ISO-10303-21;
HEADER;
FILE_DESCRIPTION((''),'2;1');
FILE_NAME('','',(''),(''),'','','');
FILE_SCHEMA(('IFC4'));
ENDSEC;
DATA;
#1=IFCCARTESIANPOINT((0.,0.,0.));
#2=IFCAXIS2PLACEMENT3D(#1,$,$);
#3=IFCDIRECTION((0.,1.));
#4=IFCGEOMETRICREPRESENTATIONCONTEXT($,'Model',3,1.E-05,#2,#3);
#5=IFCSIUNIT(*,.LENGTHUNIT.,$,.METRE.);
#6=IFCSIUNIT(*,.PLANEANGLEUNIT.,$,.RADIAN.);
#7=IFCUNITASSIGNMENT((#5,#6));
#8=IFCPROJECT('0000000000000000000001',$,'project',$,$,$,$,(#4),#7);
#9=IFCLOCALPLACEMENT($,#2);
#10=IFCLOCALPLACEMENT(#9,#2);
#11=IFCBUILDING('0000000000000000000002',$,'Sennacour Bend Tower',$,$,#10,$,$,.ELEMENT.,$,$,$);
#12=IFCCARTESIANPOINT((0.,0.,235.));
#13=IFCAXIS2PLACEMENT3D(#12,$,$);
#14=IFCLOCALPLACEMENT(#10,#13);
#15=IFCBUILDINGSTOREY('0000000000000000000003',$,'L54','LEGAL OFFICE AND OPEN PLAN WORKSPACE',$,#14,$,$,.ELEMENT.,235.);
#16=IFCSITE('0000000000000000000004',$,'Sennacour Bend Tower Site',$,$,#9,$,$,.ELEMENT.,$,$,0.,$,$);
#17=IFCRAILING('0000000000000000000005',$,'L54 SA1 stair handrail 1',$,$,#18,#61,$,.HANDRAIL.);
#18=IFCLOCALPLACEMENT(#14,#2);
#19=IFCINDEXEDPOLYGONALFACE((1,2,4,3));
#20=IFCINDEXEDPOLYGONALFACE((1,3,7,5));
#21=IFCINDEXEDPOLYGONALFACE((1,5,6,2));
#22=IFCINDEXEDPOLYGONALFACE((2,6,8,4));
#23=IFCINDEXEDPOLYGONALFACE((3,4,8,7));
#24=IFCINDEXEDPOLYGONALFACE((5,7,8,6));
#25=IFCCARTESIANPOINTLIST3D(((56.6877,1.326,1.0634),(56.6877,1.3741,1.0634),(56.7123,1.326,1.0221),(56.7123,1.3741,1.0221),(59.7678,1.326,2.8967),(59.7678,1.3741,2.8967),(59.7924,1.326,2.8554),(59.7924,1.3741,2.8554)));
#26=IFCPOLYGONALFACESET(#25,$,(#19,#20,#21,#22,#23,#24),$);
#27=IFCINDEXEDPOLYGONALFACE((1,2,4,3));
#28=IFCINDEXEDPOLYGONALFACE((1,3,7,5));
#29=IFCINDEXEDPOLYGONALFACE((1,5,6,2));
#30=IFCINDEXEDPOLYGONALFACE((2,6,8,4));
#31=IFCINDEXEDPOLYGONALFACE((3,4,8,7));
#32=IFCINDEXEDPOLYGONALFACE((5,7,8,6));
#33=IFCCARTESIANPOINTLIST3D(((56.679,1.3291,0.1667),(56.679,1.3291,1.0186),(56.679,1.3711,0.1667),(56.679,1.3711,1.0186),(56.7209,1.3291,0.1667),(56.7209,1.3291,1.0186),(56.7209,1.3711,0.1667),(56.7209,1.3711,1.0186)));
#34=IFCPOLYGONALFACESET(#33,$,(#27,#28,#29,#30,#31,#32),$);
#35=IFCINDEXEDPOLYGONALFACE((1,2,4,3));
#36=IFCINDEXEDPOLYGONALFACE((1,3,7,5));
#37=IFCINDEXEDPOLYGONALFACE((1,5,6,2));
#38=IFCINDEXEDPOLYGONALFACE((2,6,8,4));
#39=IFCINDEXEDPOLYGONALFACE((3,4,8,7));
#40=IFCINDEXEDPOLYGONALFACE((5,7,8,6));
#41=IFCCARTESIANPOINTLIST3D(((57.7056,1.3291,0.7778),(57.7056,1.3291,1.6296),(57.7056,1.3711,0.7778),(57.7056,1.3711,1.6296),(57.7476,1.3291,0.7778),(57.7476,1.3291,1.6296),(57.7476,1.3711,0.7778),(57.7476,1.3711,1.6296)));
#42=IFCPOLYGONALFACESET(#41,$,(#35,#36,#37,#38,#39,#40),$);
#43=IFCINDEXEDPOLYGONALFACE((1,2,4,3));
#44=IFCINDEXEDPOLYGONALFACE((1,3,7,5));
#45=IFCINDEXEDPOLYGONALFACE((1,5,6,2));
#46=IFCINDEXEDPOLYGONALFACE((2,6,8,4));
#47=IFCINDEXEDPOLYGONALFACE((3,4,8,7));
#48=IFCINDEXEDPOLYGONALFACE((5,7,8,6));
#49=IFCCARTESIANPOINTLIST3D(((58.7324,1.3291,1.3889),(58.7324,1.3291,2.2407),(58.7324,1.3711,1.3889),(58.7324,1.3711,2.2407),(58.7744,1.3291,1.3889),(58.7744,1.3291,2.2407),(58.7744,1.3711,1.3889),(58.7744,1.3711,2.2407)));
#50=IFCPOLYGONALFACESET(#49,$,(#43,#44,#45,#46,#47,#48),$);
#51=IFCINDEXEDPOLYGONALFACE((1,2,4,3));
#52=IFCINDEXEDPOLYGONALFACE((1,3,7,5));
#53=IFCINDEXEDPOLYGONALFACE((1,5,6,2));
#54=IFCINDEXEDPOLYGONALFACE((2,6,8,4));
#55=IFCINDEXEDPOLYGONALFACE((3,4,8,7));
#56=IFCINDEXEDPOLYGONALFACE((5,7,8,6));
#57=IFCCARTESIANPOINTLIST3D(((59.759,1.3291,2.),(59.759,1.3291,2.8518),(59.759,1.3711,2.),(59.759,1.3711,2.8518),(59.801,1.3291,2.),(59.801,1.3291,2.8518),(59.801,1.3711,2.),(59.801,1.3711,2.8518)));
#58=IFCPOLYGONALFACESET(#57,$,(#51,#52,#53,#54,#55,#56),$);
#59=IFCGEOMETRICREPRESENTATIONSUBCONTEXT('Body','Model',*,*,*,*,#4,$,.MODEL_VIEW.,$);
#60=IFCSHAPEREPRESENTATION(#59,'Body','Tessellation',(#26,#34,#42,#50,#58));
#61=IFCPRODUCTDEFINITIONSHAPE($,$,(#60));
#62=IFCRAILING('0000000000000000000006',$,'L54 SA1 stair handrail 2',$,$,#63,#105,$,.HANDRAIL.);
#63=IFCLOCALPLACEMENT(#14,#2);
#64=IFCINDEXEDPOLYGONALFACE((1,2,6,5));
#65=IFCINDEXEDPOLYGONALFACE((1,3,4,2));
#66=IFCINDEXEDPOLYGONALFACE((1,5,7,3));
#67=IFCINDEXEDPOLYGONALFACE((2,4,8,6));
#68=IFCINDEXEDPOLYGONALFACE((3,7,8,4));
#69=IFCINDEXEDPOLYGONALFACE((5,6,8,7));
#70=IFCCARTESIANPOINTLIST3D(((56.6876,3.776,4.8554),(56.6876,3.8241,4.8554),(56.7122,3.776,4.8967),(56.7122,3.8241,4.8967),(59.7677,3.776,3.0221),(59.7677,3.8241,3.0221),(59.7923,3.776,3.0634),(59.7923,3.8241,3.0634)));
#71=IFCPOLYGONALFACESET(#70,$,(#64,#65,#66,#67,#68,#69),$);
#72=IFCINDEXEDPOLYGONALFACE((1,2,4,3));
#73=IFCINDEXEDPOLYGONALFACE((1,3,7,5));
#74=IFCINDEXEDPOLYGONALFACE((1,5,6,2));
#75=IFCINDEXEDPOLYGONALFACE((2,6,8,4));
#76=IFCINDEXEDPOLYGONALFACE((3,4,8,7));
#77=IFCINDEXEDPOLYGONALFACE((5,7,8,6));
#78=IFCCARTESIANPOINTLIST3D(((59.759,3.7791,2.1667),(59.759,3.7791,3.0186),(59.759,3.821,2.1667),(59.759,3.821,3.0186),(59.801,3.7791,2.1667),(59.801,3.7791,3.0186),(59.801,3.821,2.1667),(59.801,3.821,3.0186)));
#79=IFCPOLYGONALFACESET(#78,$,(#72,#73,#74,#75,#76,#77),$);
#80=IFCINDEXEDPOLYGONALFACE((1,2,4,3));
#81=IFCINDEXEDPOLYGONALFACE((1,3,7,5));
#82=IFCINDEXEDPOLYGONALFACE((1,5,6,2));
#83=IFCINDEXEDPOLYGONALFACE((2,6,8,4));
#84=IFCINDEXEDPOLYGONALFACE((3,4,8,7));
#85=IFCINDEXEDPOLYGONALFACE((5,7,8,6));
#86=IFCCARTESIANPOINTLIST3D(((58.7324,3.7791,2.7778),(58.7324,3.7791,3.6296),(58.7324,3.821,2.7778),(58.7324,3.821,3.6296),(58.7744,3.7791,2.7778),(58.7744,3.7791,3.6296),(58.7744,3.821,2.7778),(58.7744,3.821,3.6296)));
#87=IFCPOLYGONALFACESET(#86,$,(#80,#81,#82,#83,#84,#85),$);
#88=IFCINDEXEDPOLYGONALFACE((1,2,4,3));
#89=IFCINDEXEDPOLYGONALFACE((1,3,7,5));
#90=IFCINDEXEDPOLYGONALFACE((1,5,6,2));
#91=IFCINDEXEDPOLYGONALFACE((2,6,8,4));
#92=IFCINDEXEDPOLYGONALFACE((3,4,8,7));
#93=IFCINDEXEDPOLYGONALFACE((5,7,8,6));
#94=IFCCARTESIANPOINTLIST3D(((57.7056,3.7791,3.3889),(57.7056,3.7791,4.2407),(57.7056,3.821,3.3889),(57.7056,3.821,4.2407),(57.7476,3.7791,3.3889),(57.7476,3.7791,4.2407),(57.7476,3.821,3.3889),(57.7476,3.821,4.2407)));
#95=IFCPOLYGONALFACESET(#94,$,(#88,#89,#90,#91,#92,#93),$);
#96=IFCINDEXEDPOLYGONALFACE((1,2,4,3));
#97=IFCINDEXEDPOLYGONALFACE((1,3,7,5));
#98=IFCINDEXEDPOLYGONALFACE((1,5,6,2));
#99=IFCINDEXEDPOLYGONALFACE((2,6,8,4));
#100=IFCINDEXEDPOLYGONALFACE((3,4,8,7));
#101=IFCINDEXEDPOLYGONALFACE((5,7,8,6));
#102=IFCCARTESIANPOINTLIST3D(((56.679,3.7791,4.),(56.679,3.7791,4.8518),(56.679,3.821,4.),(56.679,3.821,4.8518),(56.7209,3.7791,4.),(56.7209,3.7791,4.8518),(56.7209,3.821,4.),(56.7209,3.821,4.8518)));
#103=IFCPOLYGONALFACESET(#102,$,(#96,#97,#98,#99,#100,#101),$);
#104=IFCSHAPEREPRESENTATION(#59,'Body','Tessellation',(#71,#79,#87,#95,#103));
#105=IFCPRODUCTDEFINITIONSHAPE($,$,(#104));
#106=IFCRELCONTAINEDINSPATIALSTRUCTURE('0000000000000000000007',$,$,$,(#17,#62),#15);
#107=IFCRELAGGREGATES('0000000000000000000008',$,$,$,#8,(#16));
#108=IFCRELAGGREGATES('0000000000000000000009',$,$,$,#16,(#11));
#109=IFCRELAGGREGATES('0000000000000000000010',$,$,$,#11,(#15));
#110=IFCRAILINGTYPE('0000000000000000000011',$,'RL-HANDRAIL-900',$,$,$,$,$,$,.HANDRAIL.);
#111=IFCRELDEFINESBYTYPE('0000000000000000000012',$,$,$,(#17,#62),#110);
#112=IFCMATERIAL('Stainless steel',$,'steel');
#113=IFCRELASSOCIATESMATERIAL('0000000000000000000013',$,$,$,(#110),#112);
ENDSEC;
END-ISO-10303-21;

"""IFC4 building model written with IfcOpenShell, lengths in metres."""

from ifc_helpers import new_model, si_unit, direction, frame, origin, origin_2d, place, context, subcontext, project, spatial, rectangle, extrude, material, type_object, element, save


model = new_model("IFC4")

# Units and contexts
model_context = context("Model", 3, precision=1e-05, world=origin(), true_north=direction((0.0, 1.0)))
body_context = subcontext(model_context, "Body", "Model", "MODEL_VIEW")
ifc_project = project(units=[si_unit("LENGTHUNIT", "METRE"), si_unit("PLANEANGLEUNIT", "RADIAN")], contexts=[model_context])

# Site, building, storey
site_placement = place(None, origin())
site = spatial("IfcSite", under=ifc_project, at=site_placement, Name="Sennacour Bend Tower Site", CompositionType="ELEMENT", RefElevation=0.0)
building_placement = place(site_placement, origin())
building = spatial("IfcBuilding", under=site, at=building_placement, Name="Sennacour Bend Tower", CompositionType="ELEMENT")
storey_placement = place(building_placement, frame((0.0, 0.0, 235.0)))
storey = spatial("IfcBuildingStorey", under=building, at=storey_placement, Name="L54", Description="LEGAL OFFICE AND OPEN PLAN WORKSPACE", CompositionType="ELEMENT", Elevation=235.0)

# Railings
ifc_material_1 = material(Name="Stainless steel", Category="steel")
railing_type_1 = type_object("IfcRailingType", Name="RL-HANDRAIL-900", PredefinedType="HANDRAIL", material=ifc_material_1)
railing_1_placement = place(storey_placement, frame((56.7, 1.3501, 0.1667)))
element("IfcRailing", 1, at=railing_1_placement, inside=storey, type_object=railing_type_1, Name="L54 SA1 stair handrail 1", PredefinedType="HANDRAIL", context=body_context, shape_type="SweptSolid", body=[
    extrude(rectangle(XDim=0.0481, YDim=0.0481, at=origin_2d()), frame((0.0, 0.0, 0.876), z_axis=(0.859309, 0.0, 0.511458), x_axis=(0.0, 1.0, 0.0)), (0.0, 0.0, 1.0), 3.5845),
    extrude(rectangle(XDim=0.042, YDim=0.042, at=origin_2d()), origin(), (0.0, 0.0, 1.0), 0.8518),
    extrude(rectangle(XDim=0.042, YDim=0.042, at=origin_2d()), frame((1.0266, 0.0, 0.6111)), (0.0, 0.0, 1.0), 0.8518),
    extrude(rectangle(XDim=0.042, YDim=0.042, at=origin_2d()), frame((2.0535, 0.0, 1.2222)), (0.0, 0.0, 1.0), 0.8518),
    extrude(rectangle(XDim=0.042, YDim=0.042, at=origin_2d()), frame((3.0801, 0.0, 1.8333)), (0.0, 0.0, 1.0), 0.8518),
])
railing_2_placement = place(storey_placement, frame((59.78, 3.8, 2.1667)))
element("IfcRailing", 2, at=railing_2_placement, inside=storey, type_object=railing_type_1, Name="L54 SA1 stair handrail 2", PredefinedType="HANDRAIL", context=body_context, shape_type="SweptSolid", body=[
    extrude(rectangle(XDim=0.0481, YDim=0.0481, at=origin_2d()), frame((0.0, 0.0, 0.876), z_axis=(-0.859309, 0.0, 0.511458), x_axis=(0.0, -1.0, 0.0)), (0.0, 0.0, 1.0), 3.5845),
    extrude(rectangle(XDim=0.042, YDim=0.042, at=origin_2d()), origin(), (0.0, 0.0, 1.0), 0.8518),
    extrude(rectangle(XDim=0.042, YDim=0.042, at=origin_2d()), frame((-1.0266, 0.0, 0.6111)), (0.0, 0.0, 1.0), 0.8518),
    extrude(rectangle(XDim=0.042, YDim=0.042, at=origin_2d()), frame((-2.0535, 0.0, 1.2222)), (0.0, 0.0, 1.0), 0.8518),
    extrude(rectangle(XDim=0.042, YDim=0.042, at=origin_2d()), frame((-3.0801, 0.0, 1.8333)), (0.0, 0.0, 1.0), 0.8518),
])

save(model, "model.ifc")
